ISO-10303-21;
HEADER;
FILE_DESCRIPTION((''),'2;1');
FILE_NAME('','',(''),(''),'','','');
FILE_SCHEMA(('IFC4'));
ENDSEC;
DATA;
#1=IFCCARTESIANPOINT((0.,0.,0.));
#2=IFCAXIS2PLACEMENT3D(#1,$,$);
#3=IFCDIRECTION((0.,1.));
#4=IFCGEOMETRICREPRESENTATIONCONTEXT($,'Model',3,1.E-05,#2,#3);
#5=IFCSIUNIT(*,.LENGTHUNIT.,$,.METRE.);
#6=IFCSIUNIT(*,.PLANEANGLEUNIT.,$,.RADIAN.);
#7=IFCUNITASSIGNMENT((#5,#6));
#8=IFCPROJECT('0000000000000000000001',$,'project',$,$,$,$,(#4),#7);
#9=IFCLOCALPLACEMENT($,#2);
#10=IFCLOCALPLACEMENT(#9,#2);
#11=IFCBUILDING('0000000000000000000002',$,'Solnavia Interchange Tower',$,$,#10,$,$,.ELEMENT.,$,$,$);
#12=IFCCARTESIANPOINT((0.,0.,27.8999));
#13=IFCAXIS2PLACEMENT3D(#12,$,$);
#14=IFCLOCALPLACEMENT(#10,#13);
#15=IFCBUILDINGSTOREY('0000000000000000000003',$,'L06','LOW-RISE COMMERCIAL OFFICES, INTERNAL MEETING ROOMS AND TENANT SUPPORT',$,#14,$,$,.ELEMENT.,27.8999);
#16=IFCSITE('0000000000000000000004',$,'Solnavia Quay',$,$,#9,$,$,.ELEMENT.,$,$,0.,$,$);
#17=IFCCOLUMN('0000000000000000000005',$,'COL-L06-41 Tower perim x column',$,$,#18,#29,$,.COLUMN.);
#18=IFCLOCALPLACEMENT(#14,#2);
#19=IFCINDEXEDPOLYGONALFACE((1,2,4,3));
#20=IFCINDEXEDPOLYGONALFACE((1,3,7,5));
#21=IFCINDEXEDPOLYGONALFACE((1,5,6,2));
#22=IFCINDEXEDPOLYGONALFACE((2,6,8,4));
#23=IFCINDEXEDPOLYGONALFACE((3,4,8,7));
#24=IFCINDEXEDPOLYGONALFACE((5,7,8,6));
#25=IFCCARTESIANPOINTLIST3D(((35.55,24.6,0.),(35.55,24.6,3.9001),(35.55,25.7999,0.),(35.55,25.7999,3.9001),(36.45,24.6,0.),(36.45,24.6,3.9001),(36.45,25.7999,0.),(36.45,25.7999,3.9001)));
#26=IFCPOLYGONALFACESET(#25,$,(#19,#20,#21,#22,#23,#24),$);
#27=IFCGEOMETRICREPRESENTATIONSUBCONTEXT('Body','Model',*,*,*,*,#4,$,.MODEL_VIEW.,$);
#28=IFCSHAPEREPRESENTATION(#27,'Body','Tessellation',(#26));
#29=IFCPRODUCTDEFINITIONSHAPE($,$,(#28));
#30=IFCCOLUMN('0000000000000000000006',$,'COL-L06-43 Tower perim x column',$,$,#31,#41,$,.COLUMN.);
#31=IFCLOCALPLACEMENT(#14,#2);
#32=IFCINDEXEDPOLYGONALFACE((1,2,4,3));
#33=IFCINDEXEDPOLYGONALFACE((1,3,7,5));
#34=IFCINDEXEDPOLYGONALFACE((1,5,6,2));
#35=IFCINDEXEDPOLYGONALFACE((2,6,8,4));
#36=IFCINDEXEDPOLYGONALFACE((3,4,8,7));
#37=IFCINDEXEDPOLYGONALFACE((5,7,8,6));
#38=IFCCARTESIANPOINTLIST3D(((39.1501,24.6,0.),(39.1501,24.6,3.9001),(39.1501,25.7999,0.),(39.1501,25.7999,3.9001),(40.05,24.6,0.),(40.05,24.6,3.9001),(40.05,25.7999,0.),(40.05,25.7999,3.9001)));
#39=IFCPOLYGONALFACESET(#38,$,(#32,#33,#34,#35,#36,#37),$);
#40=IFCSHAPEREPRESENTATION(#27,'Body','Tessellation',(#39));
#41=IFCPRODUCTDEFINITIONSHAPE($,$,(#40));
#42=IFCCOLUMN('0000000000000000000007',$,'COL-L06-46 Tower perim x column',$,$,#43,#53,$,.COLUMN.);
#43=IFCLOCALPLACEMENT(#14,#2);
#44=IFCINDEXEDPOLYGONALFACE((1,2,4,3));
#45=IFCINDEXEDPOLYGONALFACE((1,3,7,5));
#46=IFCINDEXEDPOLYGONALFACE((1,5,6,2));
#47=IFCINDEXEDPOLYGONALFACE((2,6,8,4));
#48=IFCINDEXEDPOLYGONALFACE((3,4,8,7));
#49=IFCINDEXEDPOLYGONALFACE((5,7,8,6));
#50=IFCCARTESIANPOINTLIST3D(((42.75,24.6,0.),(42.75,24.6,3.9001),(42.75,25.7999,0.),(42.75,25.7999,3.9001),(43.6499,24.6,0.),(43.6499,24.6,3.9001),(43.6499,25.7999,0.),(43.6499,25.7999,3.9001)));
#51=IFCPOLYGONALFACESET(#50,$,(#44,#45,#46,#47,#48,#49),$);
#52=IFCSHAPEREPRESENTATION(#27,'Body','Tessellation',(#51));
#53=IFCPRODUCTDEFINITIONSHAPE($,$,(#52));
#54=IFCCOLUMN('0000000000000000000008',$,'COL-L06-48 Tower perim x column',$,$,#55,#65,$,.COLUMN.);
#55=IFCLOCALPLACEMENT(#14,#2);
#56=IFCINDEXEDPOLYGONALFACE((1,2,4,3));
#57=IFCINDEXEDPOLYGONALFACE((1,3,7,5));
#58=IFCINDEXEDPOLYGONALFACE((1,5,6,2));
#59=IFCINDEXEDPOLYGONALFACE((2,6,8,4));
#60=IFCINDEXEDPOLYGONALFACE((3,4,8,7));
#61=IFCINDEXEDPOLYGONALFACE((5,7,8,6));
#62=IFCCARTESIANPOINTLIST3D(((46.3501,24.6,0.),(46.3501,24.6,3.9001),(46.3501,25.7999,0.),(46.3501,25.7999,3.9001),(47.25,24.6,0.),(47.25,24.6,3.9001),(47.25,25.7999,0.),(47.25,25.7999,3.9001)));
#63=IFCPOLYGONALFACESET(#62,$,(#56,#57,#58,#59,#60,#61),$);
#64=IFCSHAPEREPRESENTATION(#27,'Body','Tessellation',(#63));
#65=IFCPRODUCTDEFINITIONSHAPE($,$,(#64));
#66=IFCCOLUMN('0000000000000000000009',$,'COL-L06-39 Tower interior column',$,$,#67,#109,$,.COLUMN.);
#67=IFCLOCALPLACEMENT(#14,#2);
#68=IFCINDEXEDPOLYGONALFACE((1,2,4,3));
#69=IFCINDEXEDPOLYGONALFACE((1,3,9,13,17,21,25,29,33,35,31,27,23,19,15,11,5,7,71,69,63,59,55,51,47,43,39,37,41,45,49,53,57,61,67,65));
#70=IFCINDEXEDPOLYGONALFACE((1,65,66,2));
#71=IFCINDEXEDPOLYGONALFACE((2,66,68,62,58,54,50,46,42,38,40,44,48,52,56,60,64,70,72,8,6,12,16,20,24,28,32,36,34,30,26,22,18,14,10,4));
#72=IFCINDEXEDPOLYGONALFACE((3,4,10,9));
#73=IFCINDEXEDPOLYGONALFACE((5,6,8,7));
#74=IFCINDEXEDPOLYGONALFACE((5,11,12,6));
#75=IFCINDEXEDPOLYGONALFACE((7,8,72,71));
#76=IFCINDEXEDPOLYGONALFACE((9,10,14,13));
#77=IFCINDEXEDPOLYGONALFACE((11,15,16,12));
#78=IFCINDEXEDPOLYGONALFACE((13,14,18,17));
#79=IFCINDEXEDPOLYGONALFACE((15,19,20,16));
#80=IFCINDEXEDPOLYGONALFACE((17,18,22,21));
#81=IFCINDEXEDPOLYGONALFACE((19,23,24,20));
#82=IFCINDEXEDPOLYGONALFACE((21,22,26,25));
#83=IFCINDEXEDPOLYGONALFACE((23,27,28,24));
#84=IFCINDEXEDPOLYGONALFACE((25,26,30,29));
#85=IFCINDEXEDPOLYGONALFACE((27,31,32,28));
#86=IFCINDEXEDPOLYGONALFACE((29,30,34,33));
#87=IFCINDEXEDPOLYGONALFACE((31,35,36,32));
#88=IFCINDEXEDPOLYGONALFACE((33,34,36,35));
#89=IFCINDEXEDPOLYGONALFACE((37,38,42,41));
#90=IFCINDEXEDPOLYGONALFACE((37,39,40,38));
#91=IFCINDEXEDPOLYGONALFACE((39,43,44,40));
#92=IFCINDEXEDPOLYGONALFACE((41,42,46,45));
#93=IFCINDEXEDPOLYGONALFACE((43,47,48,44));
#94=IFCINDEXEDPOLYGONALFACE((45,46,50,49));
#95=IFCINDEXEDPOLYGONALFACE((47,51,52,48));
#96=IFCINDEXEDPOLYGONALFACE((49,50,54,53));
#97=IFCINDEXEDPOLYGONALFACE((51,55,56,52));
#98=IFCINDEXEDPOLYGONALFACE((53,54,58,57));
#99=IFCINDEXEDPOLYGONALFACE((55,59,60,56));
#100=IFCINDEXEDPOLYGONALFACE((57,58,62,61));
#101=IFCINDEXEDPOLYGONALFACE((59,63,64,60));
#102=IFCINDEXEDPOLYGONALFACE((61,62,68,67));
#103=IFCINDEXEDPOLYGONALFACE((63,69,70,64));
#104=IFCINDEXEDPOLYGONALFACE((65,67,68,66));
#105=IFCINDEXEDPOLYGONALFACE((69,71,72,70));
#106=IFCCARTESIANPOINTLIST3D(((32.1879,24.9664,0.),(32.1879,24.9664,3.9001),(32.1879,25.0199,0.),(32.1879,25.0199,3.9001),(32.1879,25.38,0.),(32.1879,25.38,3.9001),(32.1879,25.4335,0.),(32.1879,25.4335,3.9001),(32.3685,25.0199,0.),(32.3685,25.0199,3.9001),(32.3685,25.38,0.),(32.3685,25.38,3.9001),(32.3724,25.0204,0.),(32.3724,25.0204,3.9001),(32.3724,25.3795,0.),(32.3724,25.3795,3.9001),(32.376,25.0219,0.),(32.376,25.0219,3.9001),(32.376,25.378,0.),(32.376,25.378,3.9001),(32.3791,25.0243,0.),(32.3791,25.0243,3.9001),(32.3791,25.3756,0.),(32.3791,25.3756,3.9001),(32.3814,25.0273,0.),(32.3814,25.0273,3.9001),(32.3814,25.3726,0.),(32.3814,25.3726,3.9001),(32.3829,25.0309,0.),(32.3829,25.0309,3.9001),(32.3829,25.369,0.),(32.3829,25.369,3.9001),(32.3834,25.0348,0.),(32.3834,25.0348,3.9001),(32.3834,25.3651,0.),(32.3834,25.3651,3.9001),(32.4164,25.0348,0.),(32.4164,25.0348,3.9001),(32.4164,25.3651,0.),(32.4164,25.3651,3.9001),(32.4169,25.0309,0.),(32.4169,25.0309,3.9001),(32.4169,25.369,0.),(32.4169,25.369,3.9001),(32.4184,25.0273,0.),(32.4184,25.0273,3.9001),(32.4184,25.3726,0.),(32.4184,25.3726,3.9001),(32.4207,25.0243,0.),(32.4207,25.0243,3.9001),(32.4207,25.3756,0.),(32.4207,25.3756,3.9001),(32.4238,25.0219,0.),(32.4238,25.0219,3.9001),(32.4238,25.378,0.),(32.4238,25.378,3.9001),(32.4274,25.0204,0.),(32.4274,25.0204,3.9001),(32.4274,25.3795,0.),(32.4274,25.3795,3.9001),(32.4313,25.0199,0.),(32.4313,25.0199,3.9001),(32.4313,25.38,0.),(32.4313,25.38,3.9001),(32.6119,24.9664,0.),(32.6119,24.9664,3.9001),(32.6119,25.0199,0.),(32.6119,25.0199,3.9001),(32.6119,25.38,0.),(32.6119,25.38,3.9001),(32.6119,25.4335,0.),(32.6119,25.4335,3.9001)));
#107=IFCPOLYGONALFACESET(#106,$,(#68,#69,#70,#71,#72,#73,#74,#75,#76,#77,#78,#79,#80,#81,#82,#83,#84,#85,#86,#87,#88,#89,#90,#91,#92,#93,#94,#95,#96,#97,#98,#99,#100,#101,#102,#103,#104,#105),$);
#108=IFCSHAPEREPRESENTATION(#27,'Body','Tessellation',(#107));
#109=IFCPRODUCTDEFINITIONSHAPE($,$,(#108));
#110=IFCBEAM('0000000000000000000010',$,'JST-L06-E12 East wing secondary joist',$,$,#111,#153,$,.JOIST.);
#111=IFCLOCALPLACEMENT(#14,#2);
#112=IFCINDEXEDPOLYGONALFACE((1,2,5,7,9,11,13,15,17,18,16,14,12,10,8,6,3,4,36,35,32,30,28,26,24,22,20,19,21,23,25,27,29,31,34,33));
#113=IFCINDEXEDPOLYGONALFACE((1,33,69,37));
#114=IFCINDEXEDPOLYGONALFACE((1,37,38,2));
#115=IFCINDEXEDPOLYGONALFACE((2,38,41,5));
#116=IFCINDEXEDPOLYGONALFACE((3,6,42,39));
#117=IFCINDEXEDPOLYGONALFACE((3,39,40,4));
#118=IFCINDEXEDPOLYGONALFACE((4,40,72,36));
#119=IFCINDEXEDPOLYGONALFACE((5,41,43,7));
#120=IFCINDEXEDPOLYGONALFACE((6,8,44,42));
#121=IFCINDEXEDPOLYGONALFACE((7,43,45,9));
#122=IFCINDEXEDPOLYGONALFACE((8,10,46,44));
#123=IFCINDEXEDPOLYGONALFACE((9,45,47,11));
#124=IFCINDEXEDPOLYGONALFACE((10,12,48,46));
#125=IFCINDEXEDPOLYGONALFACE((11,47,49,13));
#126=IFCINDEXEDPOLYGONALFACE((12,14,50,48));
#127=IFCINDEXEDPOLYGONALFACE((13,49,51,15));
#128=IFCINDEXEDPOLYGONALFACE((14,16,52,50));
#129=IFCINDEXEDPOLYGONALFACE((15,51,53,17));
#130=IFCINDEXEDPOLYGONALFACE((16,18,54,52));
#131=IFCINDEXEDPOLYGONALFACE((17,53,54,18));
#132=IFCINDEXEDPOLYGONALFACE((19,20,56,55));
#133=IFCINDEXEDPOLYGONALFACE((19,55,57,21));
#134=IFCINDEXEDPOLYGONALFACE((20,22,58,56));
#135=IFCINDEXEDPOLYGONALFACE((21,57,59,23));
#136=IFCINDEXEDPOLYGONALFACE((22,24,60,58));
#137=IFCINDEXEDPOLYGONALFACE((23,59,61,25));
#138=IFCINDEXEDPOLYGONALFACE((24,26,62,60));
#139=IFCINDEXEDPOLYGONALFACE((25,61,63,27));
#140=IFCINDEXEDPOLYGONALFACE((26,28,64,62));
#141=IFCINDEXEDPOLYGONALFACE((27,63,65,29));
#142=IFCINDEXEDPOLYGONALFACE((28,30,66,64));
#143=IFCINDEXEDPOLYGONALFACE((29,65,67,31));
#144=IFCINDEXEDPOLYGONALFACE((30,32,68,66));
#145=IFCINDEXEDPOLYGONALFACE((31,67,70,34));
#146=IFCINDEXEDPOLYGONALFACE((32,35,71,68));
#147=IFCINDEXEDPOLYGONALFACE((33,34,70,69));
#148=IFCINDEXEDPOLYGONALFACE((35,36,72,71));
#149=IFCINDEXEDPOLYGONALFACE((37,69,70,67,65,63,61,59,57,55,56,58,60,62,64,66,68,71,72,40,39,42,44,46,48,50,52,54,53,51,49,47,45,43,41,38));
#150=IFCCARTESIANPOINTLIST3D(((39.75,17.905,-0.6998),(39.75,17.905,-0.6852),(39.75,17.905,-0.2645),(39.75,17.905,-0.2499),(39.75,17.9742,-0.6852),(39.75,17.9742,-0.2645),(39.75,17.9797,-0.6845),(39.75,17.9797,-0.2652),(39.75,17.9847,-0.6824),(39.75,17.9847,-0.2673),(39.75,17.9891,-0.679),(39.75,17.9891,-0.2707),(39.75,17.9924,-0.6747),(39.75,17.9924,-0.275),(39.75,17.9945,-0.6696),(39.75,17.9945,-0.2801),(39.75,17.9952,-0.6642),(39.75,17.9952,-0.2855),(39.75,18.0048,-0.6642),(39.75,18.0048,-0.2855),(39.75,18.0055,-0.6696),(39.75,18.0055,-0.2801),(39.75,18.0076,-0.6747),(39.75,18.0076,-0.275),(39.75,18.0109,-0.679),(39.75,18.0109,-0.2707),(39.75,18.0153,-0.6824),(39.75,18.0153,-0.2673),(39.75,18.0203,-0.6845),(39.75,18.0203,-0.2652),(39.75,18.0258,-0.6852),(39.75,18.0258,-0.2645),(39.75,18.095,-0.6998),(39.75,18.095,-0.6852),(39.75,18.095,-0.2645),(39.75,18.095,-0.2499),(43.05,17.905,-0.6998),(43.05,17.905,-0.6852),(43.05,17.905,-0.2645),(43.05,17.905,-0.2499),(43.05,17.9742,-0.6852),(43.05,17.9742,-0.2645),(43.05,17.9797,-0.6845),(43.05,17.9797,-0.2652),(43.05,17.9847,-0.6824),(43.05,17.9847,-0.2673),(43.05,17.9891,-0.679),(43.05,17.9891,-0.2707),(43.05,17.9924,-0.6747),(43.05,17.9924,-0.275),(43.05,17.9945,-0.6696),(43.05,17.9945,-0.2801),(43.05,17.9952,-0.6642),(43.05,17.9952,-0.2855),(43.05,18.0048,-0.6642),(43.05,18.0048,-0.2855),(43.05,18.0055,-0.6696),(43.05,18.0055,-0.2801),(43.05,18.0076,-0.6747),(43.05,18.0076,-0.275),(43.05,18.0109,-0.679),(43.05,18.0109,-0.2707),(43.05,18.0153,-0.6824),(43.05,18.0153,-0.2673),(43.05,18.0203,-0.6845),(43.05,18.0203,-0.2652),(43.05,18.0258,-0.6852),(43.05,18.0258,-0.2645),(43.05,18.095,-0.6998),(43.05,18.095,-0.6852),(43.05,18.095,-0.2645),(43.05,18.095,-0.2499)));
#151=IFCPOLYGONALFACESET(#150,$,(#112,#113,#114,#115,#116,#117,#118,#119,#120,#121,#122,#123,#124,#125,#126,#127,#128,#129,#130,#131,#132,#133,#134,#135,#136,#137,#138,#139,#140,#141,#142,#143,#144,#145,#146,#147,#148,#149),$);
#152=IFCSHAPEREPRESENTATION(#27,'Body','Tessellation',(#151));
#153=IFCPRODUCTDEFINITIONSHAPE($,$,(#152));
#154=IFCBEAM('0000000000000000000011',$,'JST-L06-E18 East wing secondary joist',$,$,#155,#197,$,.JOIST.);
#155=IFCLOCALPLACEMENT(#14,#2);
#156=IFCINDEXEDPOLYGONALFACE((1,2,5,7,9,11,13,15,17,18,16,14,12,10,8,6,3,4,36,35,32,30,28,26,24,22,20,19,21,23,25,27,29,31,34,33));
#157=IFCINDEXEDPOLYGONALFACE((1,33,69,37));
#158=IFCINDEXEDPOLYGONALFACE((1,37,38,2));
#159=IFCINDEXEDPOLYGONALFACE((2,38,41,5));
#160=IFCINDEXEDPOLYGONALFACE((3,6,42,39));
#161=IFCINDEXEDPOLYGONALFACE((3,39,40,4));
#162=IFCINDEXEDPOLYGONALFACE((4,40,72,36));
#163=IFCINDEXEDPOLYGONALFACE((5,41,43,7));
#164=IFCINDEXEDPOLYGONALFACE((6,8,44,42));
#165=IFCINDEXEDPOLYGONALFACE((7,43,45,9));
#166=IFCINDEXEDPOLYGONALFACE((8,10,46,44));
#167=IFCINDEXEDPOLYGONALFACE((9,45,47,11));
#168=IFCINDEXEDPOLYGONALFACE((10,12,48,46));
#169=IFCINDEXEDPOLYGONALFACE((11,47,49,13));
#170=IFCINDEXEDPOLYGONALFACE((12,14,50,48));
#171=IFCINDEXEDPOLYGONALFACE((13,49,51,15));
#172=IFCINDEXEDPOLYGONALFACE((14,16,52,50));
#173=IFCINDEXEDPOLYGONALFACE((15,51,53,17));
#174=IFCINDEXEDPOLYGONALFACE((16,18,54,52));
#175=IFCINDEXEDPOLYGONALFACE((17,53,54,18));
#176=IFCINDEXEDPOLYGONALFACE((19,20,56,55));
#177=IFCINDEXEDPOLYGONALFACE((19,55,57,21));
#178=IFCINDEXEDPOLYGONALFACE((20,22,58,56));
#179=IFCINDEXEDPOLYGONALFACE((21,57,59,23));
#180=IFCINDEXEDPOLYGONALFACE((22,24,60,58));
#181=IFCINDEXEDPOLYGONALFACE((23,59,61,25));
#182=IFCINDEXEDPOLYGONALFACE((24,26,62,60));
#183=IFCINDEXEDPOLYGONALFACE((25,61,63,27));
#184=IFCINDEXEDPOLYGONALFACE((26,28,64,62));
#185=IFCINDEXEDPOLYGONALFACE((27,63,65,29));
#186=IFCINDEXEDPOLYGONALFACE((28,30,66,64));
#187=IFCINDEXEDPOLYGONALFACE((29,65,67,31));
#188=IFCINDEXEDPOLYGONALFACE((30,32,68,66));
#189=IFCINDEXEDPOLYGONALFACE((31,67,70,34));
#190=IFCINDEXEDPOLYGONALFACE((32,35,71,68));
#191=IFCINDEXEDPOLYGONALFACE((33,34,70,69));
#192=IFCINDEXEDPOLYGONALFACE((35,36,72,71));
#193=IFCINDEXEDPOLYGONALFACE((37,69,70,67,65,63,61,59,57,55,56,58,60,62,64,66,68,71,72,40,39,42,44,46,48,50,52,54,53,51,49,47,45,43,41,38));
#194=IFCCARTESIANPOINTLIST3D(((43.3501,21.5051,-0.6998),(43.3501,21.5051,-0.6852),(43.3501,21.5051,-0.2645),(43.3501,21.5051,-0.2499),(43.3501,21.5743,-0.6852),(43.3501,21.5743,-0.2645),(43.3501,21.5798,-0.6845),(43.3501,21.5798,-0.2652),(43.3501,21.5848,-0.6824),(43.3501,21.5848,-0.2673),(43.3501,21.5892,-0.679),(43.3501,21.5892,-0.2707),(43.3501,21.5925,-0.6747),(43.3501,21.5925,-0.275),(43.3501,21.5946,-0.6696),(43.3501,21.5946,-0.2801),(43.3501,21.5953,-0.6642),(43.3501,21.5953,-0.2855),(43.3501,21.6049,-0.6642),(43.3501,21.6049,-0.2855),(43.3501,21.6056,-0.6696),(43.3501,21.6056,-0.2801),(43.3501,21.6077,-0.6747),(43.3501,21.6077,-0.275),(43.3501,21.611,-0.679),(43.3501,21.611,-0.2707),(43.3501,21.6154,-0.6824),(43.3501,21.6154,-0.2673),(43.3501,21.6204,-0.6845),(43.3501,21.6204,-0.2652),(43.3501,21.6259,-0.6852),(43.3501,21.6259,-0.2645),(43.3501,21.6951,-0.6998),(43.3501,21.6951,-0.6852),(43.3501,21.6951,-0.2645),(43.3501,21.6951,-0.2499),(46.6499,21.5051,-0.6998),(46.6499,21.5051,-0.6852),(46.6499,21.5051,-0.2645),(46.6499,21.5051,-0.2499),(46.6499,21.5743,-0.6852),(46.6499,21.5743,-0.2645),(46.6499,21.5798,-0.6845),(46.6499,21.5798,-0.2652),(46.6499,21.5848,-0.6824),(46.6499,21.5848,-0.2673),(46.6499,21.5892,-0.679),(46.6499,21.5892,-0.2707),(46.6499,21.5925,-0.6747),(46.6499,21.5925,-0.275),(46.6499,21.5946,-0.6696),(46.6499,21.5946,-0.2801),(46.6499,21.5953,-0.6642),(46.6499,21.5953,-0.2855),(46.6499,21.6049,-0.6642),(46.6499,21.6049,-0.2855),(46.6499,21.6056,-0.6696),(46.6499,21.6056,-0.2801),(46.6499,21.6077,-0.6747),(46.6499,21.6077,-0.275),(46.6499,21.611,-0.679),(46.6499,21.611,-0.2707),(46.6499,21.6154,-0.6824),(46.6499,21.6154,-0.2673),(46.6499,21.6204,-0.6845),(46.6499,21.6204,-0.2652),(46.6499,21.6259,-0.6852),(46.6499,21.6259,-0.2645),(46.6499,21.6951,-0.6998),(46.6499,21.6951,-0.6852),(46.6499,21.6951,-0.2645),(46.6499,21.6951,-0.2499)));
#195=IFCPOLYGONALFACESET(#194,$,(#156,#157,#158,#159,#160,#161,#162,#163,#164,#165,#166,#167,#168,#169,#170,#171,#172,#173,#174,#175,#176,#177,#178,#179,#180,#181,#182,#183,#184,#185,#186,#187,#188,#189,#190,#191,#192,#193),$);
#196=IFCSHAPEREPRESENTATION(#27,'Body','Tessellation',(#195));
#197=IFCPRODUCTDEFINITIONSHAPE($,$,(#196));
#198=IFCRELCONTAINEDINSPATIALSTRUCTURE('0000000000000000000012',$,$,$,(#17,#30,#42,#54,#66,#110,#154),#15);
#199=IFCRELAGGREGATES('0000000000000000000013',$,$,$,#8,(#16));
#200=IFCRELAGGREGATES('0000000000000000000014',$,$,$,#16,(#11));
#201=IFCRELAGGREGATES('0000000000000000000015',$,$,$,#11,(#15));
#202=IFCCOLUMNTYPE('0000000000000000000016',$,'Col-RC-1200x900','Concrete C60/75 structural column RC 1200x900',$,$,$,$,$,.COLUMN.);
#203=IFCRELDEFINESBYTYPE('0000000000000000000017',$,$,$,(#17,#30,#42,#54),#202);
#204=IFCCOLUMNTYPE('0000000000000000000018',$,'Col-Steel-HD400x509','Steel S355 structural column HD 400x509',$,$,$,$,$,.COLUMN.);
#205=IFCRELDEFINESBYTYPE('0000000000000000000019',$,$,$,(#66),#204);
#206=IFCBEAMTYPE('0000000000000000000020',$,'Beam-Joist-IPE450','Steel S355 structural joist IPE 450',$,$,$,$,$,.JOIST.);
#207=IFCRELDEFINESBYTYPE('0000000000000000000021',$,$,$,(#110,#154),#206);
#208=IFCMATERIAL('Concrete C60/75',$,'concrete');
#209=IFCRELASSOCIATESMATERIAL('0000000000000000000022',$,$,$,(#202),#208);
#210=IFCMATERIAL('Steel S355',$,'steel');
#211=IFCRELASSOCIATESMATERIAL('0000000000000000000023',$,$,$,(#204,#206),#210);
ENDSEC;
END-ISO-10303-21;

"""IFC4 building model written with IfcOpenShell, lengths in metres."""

from ifc_helpers import new_model, si_unit, direction, frame, origin, origin_2d, place, context, subcontext, project, spatial, rectangle, i_section, extrude, material, material_profile, profile_set, type_object, element, save


model = new_model("IFC4")

# Units and contexts
model_context = context("Model", 3, precision=1e-05, world=origin(), true_north=direction((0.0, 1.0)))
body_context = subcontext(model_context, "Body", "Model", "MODEL_VIEW")
ifc_project = project(units=[si_unit("LENGTHUNIT", "METRE"), si_unit("PLANEANGLEUNIT", "RADIAN")], contexts=[model_context])

# Site, building, storey
site_placement = place(None, origin())
site = spatial("IfcSite", under=ifc_project, at=site_placement, Name="Solnavia Quay", CompositionType="ELEMENT", RefElevation=0.0)
building_placement = place(site_placement, origin())
building = spatial("IfcBuilding", under=site, at=building_placement, Name="Solnavia Interchange Tower", CompositionType="ELEMENT")
storey_placement = place(building_placement, frame((0.0, 0.0, 27.8999)))
storey = spatial("IfcBuildingStorey", under=building, at=storey_placement, Name="L06", Description="LOW-RISE COMMERCIAL OFFICES, INTERNAL MEETING ROOMS AND TENANT SUPPORT", CompositionType="ELEMENT", Elevation=27.8999)

# Columns
ifc_material_1 = material(Name="Concrete C60/75", Category="concrete")
ifc_material_profile_1 = material_profile(ifc_material_1, rectangle(XDim=0.8999, YDim=1.2, at=origin_2d()), Name="RC 1200x900")
ifc_profile_set_1 = profile_set([ifc_material_profile_1], Name="Concrete C60/75")
column_type_1 = type_object("IfcColumnType", Name="Col-RC-1200x900", Description="Concrete C60/75 structural column RC 1200x900", PredefinedType="COLUMN", material=ifc_profile_set_1)
for number, where, z_axis, x_axis, name in (
    (1, (36.0, 25.2, 0.0), (0.0, 0.0, 1.0), (1.0, 0.0, 0.0), "COL-L06-41 Tower perim x column"),
    (2, (39.6001, 25.2, 0.0), (0.0, 0.0, 1.0), (1.0, 0.0, 0.0), "COL-L06-43 Tower perim x column"),
    (3, (43.2, 25.2, 0.0), (0.0, 0.0, 1.0), (1.0, 0.0, 0.0), "COL-L06-46 Tower perim x column"),
    (4, (46.8, 25.2, 0.0), (0.0, 0.0, 1.0), (1.0, 0.0, 0.0), "COL-L06-48 Tower perim x column"),
):
    element("IfcColumn", number, at=place(storey_placement, frame(where, z_axis=z_axis, x_axis=x_axis)), inside=storey, type_object=column_type_1, Name=name, PredefinedType="COLUMN", context=body_context, shape_type="SweptSolid", body=[
        extrude(rectangle(XDim=0.8999, YDim=1.2, at=origin_2d()), origin(), (0.0, 0.0, 1.0), 3.9001),
    ])
ifc_material_2 = material(Name="Steel S355", Category="steel")
ifc_material_profile_2 = material_profile(ifc_material_2, i_section(OverallWidth=0.4241, OverallDepth=0.467, WebThickness=0.033, FlangeThickness=0.0535, FilletRadius=0.0149, at=origin_2d()), Name="HD 400x509")
ifc_profile_set_2 = profile_set([ifc_material_profile_2], Name="Steel S355")
column_type_2 = type_object("IfcColumnType", Name="Col-Steel-HD400x509", Description="Steel S355 structural column HD 400x509", PredefinedType="COLUMN", material=ifc_profile_set_2)
column_placement = place(storey_placement, frame((32.3999, 25.2, 0.0), z_axis=(0.0, 0.0, 1.0), x_axis=(1.0, 0.0, 0.0)))
element("IfcColumn", 5, at=column_placement, inside=storey, type_object=column_type_2, Name="COL-L06-39 Tower interior column", PredefinedType="COLUMN", context=body_context, shape_type="SweptSolid", body=[
    extrude(i_section(OverallWidth=0.4241, OverallDepth=0.467, WebThickness=0.033, FlangeThickness=0.0535, FilletRadius=0.0149, at=origin_2d()), origin(), (0.0, 0.0, 1.0), 3.9001),
])

# Beams
ifc_material_profile_3 = material_profile(ifc_material_2, i_section(OverallWidth=0.1899, OverallDepth=0.45, WebThickness=0.0095, FlangeThickness=0.0146, FilletRadius=0.021, at=origin_2d()), Name="IPE 450")
ifc_profile_set_3 = profile_set([ifc_material_profile_3], Name="Steel S355")
beam_type_1 = type_object("IfcBeamType", Name="Beam-Joist-IPE450", Description="Steel S355 structural joist IPE 450", PredefinedType="JOIST", material=ifc_profile_set_3)
beam_1_placement = place(storey_placement, frame((39.75, 18.0, -0.4749), z_axis=(1.0, 0.0, 0.0), x_axis=(0.0, 1.0, 0.0)))
element("IfcBeam", 6, at=beam_1_placement, inside=storey, type_object=beam_type_1, Name="JST-L06-E12 East wing secondary joist", PredefinedType="JOIST", context=body_context, shape_type="SweptSolid", body=[
    extrude(i_section(OverallWidth=0.1899, OverallDepth=0.45, WebThickness=0.0095, FlangeThickness=0.0146, FilletRadius=0.021, at=origin_2d()), origin(), (0.0, 0.0, 1.0), 3.3),
])
beam_2_placement = place(storey_placement, frame((43.3501, 21.6001, -0.4749), z_axis=(1.0, 0.0, 0.0), x_axis=(0.0, 1.0, 0.0)))
element("IfcBeam", 7, at=beam_2_placement, inside=storey, type_object=beam_type_1, Name="JST-L06-E18 East wing secondary joist", PredefinedType="JOIST", context=body_context, shape_type="SweptSolid", body=[
    extrude(i_section(OverallWidth=0.1899, OverallDepth=0.45, WebThickness=0.0095, FlangeThickness=0.0146, FilletRadius=0.021, at=origin_2d()), origin(), (0.0, 0.0, 1.0), 3.2998),
])

save(model, "model.ifc")
